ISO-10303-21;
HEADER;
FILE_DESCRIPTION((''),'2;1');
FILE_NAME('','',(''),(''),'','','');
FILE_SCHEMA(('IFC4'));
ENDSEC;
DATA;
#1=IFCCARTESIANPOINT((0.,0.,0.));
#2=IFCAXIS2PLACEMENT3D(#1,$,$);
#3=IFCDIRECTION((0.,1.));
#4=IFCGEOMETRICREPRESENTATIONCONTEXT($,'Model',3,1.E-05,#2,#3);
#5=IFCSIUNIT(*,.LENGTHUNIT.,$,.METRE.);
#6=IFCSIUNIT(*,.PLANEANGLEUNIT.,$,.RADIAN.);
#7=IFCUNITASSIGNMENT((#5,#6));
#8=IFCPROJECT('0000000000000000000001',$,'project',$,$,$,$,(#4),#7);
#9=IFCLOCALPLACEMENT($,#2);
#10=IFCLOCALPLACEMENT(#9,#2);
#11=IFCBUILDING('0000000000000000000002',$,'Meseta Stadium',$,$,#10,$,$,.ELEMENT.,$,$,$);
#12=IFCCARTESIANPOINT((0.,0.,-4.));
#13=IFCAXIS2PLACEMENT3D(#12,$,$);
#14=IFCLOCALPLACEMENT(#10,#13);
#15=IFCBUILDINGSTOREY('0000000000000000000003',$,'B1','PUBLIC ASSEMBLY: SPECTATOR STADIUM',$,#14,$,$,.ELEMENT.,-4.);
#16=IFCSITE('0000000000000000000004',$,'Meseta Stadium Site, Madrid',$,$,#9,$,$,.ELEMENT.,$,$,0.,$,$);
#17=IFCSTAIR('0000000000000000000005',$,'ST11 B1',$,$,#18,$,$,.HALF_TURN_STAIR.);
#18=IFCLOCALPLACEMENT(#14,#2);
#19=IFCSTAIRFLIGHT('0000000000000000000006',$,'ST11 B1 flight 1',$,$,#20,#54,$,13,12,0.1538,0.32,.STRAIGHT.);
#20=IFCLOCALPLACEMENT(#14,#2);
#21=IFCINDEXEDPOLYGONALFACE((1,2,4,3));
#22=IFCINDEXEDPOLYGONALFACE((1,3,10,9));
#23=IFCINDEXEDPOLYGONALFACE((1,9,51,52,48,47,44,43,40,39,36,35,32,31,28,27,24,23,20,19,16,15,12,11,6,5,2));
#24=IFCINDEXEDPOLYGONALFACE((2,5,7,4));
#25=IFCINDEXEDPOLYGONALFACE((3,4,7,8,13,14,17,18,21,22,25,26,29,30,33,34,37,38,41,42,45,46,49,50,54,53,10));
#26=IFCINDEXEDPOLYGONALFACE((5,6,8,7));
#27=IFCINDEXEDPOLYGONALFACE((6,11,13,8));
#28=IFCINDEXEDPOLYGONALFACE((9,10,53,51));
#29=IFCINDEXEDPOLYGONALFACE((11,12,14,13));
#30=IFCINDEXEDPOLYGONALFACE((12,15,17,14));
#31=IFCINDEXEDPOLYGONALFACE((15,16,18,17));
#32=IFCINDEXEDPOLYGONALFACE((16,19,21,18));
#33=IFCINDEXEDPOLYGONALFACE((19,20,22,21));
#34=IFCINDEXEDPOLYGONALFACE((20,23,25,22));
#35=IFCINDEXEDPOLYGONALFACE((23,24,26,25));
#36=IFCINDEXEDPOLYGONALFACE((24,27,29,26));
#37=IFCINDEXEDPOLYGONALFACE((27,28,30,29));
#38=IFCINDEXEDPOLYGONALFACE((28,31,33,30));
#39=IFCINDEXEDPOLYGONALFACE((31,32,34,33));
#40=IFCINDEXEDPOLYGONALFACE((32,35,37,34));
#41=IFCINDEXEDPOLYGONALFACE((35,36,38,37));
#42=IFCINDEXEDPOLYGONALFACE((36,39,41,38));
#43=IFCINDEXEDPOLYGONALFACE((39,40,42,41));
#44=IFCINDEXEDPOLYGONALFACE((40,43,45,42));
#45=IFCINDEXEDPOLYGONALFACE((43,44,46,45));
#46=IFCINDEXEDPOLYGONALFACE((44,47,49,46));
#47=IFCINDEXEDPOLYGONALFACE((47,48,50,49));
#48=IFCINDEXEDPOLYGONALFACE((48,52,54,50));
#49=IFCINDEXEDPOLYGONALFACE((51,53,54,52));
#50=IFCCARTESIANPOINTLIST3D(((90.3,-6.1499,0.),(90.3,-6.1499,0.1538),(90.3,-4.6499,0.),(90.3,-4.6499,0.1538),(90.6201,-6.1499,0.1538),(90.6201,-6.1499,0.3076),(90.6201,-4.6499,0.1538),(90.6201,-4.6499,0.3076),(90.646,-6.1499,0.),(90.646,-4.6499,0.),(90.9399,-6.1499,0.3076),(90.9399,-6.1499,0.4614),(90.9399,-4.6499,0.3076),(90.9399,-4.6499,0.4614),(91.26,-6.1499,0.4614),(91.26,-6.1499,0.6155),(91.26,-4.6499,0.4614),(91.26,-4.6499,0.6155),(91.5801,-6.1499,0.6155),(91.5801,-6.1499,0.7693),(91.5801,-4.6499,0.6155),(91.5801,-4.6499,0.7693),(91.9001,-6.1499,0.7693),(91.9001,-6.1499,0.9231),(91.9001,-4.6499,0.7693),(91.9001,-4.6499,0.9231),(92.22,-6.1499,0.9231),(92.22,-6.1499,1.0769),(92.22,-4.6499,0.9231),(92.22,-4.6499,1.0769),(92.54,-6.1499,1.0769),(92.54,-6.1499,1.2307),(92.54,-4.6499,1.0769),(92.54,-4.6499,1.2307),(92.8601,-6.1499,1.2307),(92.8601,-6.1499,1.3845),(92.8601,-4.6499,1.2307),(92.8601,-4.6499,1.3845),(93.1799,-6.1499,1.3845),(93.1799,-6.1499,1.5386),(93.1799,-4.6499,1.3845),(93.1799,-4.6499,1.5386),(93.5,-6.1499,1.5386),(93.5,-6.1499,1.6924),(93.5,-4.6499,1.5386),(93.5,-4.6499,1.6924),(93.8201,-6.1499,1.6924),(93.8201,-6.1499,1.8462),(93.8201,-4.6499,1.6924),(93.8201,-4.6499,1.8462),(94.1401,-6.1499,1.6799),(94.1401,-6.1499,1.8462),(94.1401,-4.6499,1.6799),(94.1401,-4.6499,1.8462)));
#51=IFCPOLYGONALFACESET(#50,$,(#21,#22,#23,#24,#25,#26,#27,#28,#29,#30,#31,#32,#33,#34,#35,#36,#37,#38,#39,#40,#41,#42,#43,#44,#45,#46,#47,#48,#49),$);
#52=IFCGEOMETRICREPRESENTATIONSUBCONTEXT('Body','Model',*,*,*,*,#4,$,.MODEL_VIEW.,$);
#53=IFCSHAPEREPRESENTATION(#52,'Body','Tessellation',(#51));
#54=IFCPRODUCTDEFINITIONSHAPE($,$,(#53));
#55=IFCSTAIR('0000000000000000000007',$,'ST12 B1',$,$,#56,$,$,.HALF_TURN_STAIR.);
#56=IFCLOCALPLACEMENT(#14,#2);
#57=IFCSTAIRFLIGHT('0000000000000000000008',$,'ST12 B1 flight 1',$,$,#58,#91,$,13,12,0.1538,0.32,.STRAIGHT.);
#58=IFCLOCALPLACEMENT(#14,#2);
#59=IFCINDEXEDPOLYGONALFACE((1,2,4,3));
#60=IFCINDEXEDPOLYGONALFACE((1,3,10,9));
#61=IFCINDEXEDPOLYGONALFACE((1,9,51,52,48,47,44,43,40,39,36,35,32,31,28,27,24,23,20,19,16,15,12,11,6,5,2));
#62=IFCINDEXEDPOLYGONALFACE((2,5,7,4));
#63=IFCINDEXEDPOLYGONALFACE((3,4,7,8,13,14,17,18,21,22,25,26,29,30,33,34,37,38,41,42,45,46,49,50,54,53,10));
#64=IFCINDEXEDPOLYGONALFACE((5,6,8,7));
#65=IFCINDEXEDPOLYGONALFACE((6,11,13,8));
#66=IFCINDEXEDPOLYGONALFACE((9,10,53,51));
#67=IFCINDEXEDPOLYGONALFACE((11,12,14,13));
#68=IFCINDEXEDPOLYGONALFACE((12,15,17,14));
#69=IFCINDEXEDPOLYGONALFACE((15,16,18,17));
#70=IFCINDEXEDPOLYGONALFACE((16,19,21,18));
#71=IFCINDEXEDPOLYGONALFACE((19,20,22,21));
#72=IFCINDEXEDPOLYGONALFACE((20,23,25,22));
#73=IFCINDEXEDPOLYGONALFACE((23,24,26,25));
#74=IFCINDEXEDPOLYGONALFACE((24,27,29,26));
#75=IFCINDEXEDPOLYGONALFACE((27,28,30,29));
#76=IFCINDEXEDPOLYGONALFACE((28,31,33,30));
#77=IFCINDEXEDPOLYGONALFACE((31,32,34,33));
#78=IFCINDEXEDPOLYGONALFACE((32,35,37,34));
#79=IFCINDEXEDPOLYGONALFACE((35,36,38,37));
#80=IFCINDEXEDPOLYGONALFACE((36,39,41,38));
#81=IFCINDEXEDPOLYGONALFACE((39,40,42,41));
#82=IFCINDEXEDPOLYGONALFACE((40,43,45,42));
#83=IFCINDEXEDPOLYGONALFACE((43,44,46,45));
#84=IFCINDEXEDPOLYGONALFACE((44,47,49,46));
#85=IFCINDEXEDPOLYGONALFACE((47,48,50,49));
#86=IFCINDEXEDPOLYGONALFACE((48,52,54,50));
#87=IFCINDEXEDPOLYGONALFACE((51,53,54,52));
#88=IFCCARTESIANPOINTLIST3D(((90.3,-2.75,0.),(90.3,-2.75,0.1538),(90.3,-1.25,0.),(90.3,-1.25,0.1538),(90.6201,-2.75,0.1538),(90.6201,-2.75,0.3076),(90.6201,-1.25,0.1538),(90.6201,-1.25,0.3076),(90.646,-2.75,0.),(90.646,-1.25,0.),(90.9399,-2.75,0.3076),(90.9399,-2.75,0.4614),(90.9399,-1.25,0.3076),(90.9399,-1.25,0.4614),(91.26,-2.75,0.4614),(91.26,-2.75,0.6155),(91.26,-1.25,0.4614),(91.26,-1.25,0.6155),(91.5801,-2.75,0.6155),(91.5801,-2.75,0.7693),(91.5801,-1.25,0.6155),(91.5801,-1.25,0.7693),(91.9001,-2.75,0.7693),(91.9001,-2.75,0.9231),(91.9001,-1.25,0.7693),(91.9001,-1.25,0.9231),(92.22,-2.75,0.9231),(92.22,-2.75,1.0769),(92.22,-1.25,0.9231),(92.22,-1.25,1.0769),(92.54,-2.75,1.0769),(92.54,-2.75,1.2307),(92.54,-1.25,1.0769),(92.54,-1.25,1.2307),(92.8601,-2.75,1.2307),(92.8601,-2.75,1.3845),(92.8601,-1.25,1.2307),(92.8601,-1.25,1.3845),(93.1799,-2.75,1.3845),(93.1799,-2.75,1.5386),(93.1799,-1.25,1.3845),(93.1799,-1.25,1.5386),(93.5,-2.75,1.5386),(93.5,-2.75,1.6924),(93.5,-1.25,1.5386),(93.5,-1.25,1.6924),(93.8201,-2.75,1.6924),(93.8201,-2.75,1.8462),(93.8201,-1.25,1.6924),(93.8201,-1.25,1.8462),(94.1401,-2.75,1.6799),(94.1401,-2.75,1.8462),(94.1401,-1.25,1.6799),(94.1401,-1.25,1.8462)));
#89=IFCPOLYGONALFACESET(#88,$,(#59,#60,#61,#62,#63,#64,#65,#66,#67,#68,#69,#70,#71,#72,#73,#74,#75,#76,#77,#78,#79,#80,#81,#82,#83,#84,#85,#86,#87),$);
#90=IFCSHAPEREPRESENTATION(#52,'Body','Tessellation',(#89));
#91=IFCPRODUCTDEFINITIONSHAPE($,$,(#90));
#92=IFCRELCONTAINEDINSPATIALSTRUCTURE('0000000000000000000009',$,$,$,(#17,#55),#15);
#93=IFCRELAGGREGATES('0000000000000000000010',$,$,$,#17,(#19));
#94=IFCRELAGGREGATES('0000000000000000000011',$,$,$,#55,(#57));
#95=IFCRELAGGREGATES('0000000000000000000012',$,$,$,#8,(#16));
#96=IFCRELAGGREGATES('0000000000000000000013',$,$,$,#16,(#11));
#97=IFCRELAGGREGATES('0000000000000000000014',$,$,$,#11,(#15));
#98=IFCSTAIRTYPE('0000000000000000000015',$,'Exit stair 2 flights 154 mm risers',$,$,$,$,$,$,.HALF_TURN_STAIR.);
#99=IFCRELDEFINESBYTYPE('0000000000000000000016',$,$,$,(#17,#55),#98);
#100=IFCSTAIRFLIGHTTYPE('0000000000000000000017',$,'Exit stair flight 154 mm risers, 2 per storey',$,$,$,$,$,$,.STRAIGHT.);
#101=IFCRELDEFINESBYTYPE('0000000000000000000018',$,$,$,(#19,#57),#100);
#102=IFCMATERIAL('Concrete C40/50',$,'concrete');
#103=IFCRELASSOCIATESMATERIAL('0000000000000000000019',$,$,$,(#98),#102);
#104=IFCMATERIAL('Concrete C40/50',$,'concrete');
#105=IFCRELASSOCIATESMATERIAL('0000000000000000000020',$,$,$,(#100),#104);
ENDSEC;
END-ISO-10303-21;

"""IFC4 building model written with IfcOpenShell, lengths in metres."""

from ifc_helpers import new_model, si_unit, direction, frame, origin, place, context, subcontext, project, spatial, polyline, outline, extrude, material, type_object, element, aggregate, save


model = new_model("IFC4")

# Units and contexts
model_context = context("Model", 3, precision=1e-05, world=origin(), true_north=direction((0.0, 1.0)))
body_context = subcontext(model_context, "Body", "Model", "MODEL_VIEW")
ifc_project = project(units=[si_unit("LENGTHUNIT", "METRE"), si_unit("PLANEANGLEUNIT", "RADIAN")], contexts=[model_context])

# Site, building, storey
site_placement = place(None, origin())
site = spatial("IfcSite", under=ifc_project, at=site_placement, Name="Meseta Stadium Site, Madrid", CompositionType="ELEMENT", RefElevation=0.0)
building_placement = place(site_placement, origin())
building = spatial("IfcBuilding", under=site, at=building_placement, Name="Meseta Stadium", CompositionType="ELEMENT")
storey_placement = place(building_placement, frame((0.0, 0.0, -4.0)))
storey = spatial("IfcBuildingStorey", under=building, at=storey_placement, Name="B1", Description="PUBLIC ASSEMBLY: SPECTATOR STADIUM", CompositionType="ELEMENT", Elevation=-4.0)

# Stairs, stair flights
ifc_material_1 = material(Name="Concrete C40/50", Category="concrete")
stair_type = type_object("IfcStairType", Name="Exit stair 2 flights 154 mm risers", PredefinedType="HALF_TURN_STAIR", material=ifc_material_1)
ifc_material_2 = material(Name="Concrete C40/50", Category="concrete")
stair_flight_type = type_object("IfcStairFlightType", Name="Exit stair flight 154 mm risers, 2 per storey", PredefinedType="STRAIGHT", material=ifc_material_2)
stair_1_placement = place(storey_placement, origin())
stair_1 = element("IfcStair", 1, at=stair_1_placement, inside=storey, type_object=stair_type, Name="ST11 B1", PredefinedType="HALF_TURN_STAIR")
stair_flight_1_placement = place(storey_placement, frame((90.3, -5.3999, 0.0), z_axis=(0.0, 0.0, 1.0), x_axis=(1.0, 0.0, 0.0)))
stair_flight_1 = element("IfcStairFlight", 2, at=stair_flight_1_placement, type_object=stair_flight_type, Name="ST11 B1 flight 1", NumberOfRisers=13, NumberOfTreads=12, PredefinedType="STRAIGHT", RiserHeight=0.1538, TreadLength=0.32, context=body_context, shape_type="SweptSolid", body=[
    extrude(outline(polyline([(0.0, 0.0), (0.0, 0.1538), (0.3201, 0.1538), (0.3201, 0.3076), (0.6399, 0.3076), (0.6399, 0.4614), (0.96, 0.4614), (0.96, 0.6155), (1.28, 0.6155), (1.28, 0.7693), (1.6001, 0.7693), (1.6001, 0.9231), (1.9199, 0.9231), (1.9199, 1.0769), (2.24, 1.0769), (2.24, 1.2307), (2.5601, 1.2307), (2.5601, 1.3845), (2.8799, 1.3845), (2.8799, 1.5386), (3.2, 1.5386), (3.2, 1.6924), (3.52, 1.6924), (3.52, 1.8462), (3.8401, 1.8462), (3.8401, 1.6799), (0.3459, 0.0), (0.0, 0.0)])), frame((0.0, 0.75, 0.0), z_axis=(0.0, -1.0, 0.0), x_axis=(1.0, 0.0, 0.0)), (0.0, 0.0, 1.0), 1.5),
])
aggregate(stair_1, [stair_flight_1])
stair_2_placement = place(storey_placement, origin())
stair_2 = element("IfcStair", 3, at=stair_2_placement, inside=storey, type_object=stair_type, Name="ST12 B1", PredefinedType="HALF_TURN_STAIR")
stair_flight_2_placement = place(storey_placement, frame((90.3, -2.0, 0.0), z_axis=(0.0, 0.0, 1.0), x_axis=(1.0, 0.0, 0.0)))
stair_flight_2 = element("IfcStairFlight", 4, at=stair_flight_2_placement, type_object=stair_flight_type, Name="ST12 B1 flight 1", NumberOfRisers=13, NumberOfTreads=12, PredefinedType="STRAIGHT", RiserHeight=0.1538, TreadLength=0.32, context=body_context, shape_type="SweptSolid", body=[
    extrude(outline(polyline([(0.0, 0.0), (0.0, 0.1538), (0.3201, 0.1538), (0.3201, 0.3076), (0.6399, 0.3076), (0.6399, 0.4614), (0.96, 0.4614), (0.96, 0.6155), (1.28, 0.6155), (1.28, 0.7693), (1.6001, 0.7693), (1.6001, 0.9231), (1.9199, 0.9231), (1.9199, 1.0769), (2.24, 1.0769), (2.24, 1.2307), (2.5601, 1.2307), (2.5601, 1.3845), (2.8799, 1.3845), (2.8799, 1.5386), (3.2, 1.5386), (3.2, 1.6924), (3.52, 1.6924), (3.52, 1.8462), (3.8401, 1.8462), (3.8401, 1.6799), (0.3459, 0.0), (0.0, 0.0)])), frame((0.0, 0.75, 0.0), z_axis=(0.0, -1.0, 0.0), x_axis=(1.0, 0.0, 0.0)), (0.0, 0.0, 1.0), 1.5),
])
aggregate(stair_2, [stair_flight_2])

save(model, "model.ifc")
